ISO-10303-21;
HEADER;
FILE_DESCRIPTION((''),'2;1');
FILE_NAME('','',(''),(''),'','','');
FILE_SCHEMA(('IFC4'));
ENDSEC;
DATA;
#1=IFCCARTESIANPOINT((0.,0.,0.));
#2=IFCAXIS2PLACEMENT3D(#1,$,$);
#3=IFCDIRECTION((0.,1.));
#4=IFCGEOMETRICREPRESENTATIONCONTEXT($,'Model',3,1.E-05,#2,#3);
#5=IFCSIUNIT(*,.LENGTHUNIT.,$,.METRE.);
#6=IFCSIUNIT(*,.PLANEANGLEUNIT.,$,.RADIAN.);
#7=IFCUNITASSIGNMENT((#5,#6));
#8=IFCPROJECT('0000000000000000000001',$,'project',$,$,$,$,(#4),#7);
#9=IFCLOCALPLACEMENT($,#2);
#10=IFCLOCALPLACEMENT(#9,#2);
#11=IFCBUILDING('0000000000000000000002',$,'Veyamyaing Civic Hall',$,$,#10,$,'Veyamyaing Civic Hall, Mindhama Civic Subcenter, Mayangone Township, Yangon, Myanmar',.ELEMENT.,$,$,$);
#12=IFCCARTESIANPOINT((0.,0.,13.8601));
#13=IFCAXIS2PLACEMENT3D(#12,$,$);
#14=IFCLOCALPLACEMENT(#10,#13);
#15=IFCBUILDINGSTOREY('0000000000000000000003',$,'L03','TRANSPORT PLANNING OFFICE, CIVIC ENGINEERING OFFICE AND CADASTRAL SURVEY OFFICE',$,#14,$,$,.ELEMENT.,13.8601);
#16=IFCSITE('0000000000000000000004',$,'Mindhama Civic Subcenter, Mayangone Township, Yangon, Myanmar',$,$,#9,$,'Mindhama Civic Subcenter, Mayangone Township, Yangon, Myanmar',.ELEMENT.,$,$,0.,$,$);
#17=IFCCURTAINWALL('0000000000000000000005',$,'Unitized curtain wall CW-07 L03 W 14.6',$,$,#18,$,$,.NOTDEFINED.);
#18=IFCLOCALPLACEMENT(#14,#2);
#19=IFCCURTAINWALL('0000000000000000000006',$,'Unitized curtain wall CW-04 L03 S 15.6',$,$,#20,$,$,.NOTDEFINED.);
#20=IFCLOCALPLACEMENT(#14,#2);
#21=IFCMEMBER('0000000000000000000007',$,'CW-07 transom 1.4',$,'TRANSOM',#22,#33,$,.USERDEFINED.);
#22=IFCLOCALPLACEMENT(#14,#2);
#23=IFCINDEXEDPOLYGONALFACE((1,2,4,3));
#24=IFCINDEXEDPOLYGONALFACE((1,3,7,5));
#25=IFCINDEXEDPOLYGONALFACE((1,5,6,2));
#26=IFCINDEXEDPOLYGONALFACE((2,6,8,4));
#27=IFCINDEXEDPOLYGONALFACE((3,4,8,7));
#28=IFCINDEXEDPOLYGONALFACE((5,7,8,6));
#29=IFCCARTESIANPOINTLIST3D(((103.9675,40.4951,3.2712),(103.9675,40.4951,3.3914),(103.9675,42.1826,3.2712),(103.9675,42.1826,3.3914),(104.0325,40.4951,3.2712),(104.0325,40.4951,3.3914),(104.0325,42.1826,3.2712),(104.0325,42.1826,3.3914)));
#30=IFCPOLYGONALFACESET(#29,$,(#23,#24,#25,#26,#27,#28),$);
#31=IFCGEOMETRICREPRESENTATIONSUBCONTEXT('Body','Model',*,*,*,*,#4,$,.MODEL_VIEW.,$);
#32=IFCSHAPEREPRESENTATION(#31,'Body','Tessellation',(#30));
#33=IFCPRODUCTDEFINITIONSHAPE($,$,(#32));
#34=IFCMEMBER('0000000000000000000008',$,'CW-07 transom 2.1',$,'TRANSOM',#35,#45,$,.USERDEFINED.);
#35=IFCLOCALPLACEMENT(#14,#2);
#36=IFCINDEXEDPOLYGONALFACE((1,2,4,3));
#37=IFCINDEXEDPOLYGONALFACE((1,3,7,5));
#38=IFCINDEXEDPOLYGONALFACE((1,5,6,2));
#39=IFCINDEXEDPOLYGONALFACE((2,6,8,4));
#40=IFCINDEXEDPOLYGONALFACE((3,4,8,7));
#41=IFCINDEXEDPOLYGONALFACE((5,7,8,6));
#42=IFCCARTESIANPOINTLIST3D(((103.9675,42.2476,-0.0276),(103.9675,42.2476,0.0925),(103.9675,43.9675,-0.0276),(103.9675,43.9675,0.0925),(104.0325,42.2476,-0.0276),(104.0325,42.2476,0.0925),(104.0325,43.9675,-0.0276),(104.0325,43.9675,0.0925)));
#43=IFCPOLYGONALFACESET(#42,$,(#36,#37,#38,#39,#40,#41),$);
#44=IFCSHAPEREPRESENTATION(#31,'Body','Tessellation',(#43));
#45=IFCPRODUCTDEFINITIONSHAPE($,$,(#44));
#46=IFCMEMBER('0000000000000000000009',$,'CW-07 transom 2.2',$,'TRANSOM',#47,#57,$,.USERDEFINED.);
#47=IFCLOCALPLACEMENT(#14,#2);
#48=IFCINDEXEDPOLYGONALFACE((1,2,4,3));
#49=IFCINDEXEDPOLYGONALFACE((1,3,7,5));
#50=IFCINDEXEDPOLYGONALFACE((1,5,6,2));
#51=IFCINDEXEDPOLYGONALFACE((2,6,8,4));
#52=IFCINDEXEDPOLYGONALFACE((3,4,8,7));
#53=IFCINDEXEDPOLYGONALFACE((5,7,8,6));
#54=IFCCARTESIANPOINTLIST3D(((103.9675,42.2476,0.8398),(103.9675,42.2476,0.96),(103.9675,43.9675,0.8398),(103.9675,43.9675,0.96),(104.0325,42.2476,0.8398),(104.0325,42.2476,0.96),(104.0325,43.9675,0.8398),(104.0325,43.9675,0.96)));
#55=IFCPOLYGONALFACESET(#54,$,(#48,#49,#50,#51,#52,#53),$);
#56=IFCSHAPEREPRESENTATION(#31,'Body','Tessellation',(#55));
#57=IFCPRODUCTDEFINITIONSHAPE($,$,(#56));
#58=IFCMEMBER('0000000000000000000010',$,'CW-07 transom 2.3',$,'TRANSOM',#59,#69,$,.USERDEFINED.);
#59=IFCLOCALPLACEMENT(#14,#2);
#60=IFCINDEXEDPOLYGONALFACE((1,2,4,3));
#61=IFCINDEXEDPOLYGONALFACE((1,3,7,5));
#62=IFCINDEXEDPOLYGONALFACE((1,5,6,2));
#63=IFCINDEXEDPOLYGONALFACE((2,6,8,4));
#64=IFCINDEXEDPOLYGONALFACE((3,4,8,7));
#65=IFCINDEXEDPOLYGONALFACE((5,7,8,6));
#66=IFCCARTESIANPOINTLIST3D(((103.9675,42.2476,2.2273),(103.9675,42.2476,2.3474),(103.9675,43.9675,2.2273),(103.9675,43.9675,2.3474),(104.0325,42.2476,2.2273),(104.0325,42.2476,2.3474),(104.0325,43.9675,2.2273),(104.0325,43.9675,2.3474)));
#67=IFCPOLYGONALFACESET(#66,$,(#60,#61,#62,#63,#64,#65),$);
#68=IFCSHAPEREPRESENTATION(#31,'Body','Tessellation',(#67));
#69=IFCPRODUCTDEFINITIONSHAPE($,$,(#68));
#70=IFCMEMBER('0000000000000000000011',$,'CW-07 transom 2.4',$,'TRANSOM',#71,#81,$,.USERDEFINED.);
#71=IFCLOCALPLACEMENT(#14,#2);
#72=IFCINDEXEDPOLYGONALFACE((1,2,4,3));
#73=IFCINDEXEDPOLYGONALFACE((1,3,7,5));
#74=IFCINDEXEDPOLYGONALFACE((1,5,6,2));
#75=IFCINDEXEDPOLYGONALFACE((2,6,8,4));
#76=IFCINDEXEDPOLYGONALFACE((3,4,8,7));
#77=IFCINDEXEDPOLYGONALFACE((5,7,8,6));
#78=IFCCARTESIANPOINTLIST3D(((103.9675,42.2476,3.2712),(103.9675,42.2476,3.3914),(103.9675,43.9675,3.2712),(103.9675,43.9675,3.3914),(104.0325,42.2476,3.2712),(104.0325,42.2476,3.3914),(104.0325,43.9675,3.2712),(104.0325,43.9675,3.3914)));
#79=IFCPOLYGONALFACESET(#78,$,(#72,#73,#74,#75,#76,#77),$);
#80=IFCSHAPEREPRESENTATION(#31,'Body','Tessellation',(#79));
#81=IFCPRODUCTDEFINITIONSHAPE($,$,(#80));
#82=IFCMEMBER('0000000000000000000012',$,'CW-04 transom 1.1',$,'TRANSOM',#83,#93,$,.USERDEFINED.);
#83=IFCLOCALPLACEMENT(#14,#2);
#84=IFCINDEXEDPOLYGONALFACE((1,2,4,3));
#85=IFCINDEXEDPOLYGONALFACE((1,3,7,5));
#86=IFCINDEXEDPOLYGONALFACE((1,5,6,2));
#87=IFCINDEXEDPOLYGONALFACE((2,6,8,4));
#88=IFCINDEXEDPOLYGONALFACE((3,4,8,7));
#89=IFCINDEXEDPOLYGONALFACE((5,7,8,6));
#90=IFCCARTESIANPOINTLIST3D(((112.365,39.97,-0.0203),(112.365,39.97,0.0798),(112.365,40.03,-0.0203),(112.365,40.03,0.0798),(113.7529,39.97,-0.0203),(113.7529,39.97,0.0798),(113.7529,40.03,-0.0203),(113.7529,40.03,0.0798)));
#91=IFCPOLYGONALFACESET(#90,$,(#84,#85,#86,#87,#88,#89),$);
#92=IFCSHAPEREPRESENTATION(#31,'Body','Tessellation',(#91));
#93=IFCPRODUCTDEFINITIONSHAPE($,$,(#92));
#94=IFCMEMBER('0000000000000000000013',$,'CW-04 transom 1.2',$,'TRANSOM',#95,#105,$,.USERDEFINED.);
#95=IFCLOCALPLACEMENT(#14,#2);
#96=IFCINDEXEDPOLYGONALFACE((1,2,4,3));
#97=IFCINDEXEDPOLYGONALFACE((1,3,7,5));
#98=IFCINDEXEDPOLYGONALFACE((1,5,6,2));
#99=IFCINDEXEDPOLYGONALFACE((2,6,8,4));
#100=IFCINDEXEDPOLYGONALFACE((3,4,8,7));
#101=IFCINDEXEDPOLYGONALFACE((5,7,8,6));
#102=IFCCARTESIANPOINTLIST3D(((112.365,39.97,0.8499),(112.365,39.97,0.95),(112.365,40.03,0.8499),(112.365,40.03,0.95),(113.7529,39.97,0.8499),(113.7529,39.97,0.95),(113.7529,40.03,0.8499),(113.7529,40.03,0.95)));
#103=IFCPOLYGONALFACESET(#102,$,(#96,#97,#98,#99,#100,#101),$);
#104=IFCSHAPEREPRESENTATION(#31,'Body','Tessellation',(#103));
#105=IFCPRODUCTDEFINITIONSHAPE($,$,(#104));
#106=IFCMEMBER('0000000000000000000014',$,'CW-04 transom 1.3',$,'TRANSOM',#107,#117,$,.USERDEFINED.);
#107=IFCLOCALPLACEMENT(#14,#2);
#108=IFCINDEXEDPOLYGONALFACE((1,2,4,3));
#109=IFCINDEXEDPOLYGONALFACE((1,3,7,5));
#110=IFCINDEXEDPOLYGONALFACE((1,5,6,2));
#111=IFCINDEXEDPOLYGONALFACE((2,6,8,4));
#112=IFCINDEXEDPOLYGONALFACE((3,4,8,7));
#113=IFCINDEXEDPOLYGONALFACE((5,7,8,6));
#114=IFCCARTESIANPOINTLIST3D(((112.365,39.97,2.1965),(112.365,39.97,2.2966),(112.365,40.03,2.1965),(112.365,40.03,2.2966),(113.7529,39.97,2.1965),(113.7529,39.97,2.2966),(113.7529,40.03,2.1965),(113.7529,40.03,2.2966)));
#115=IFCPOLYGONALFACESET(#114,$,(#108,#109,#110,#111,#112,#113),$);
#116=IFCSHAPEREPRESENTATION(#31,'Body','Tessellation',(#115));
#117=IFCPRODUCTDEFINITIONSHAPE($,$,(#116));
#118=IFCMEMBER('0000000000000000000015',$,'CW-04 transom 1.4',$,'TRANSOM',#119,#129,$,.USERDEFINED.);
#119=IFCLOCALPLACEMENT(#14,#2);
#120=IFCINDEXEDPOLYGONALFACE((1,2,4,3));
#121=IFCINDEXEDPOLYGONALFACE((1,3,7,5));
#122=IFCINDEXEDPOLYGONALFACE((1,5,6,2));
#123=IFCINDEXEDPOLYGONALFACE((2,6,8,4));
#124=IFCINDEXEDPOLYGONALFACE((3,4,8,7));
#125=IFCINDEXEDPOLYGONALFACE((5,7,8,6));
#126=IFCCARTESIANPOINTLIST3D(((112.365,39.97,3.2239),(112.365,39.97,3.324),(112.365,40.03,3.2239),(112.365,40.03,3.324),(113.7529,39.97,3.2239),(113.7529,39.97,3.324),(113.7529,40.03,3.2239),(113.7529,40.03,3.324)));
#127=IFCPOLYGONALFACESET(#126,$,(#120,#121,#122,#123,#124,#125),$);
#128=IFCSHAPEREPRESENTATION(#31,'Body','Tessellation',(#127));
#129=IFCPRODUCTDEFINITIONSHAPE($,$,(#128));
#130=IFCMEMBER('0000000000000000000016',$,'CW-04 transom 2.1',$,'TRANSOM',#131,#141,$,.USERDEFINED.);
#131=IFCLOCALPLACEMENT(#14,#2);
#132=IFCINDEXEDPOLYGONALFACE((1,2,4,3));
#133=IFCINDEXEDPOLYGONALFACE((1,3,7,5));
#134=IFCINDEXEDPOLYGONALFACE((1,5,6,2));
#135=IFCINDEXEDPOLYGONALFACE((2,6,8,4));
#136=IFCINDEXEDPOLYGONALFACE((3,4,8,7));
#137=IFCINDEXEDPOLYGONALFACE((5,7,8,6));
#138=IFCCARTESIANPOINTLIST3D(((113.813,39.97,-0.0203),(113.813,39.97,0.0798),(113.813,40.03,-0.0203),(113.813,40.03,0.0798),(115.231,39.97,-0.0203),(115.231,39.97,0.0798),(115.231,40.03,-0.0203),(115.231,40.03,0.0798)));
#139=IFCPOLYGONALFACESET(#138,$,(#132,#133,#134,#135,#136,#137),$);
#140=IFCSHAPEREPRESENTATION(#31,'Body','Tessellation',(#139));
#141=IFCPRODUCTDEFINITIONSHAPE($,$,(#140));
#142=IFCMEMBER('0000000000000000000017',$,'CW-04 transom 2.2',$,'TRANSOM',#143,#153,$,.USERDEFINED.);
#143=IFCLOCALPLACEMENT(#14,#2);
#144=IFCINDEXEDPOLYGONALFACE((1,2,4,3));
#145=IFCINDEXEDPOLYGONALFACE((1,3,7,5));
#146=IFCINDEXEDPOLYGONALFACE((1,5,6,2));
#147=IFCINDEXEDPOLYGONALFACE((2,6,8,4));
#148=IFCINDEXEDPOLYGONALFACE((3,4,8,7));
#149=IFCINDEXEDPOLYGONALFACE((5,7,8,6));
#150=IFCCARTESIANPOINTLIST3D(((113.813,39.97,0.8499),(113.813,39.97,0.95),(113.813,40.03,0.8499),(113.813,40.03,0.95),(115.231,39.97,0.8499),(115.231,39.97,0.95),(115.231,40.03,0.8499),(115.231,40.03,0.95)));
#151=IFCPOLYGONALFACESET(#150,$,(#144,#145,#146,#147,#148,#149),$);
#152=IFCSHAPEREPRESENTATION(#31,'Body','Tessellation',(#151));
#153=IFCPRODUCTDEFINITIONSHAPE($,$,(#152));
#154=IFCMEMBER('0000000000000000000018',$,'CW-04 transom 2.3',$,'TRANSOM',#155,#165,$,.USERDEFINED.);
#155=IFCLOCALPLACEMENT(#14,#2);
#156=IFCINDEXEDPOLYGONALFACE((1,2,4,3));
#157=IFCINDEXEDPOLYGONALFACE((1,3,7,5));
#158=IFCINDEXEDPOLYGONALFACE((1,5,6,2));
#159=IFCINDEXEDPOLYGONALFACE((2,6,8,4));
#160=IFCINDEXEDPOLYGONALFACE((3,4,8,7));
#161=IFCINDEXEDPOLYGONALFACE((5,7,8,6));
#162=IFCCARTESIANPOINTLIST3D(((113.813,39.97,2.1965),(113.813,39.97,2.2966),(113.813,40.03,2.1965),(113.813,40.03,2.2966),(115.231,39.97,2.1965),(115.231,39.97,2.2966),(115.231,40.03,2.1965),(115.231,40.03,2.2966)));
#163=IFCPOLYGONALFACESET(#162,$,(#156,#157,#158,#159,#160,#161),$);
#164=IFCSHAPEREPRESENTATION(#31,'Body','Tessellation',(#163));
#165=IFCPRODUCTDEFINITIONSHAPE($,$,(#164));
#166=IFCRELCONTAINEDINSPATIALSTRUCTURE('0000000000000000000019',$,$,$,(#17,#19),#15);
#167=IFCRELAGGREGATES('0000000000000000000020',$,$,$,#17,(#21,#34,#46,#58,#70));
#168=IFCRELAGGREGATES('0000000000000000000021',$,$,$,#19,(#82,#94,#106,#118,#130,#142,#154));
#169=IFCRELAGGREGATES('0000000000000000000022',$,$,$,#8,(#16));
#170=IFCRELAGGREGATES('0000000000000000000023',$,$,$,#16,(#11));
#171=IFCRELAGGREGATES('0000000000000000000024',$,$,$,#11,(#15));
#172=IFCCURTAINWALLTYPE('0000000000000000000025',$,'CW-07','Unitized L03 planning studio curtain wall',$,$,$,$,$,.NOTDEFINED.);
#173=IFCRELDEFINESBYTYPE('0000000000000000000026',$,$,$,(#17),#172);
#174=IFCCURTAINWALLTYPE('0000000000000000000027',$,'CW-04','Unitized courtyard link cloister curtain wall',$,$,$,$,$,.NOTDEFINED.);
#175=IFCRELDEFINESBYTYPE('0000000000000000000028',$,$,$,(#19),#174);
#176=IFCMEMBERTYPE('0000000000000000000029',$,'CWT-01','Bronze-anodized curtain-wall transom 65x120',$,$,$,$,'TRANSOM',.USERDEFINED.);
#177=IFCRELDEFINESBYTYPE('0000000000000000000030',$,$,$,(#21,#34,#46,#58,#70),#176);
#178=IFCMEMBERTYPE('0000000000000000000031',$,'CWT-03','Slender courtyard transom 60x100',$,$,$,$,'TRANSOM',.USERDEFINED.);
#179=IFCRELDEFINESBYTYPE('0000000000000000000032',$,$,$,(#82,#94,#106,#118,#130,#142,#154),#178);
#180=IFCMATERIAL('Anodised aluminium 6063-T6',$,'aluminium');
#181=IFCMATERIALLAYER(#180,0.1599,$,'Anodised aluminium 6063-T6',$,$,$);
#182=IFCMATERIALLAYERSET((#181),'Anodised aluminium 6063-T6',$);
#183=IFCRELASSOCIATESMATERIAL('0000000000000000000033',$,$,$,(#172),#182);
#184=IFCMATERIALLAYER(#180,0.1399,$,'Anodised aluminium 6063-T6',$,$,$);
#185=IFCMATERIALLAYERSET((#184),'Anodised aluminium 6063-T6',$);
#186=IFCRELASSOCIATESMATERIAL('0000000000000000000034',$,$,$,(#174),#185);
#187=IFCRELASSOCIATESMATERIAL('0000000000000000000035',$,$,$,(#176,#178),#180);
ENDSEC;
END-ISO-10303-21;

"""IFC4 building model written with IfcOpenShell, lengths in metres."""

from ifc_helpers import new_model, si_unit, direction, frame, origin, origin_2d, place, context, subcontext, project, spatial, rectangle, extrude, material, layer, layer_set, material_profile, profile_set, type_object, element, aggregate, save


model = new_model("IFC4")

# Units and contexts
model_context = context("Model", 3, precision=1e-05, world=origin(), true_north=direction((0.0, 1.0)))
body_context = subcontext(model_context, "Body", "Model", "MODEL_VIEW")
ifc_project = project(units=[si_unit("LENGTHUNIT", "METRE"), si_unit("PLANEANGLEUNIT", "RADIAN")], contexts=[model_context])

# Site, building, storey
site_placement = place(None, origin())
site = spatial("IfcSite", under=ifc_project, at=site_placement, Name="Mindhama Civic Subcenter, Mayangone Township, Yangon, Myanmar", LongName="Mindhama Civic Subcenter, Mayangone Township, Yangon, Myanmar", CompositionType="ELEMENT", RefElevation=0.0)
building_placement = place(site_placement, origin())
building = spatial("IfcBuilding", under=site, at=building_placement, Name="Veyamyaing Civic Hall", LongName="Veyamyaing Civic Hall, Mindhama Civic Subcenter, Mayangone Township, Yangon, Myanmar", CompositionType="ELEMENT")
storey_placement = place(building_placement, frame((0.0, 0.0, 13.8601)))
storey = spatial("IfcBuildingStorey", under=building, at=storey_placement, Name="L03", Description="TRANSPORT PLANNING OFFICE, CIVIC ENGINEERING OFFICE AND CADASTRAL SURVEY OFFICE", CompositionType="ELEMENT", Elevation=13.8601)

# Curtain wall
ifc_material_1 = material(Name="Anodised aluminium 6063-T6", Category="aluminium")
ifc_layer_1 = layer(ifc_material_1, 0.1599, Name="Anodised aluminium 6063-T6")
ifc_layer_set_1 = layer_set([ifc_layer_1], Name="Anodised aluminium 6063-T6")
curtain_wall_type_1 = type_object("IfcCurtainWallType", Name="CW-07", Description="Unitized L03 planning studio curtain wall", PredefinedType="NOTDEFINED", material=ifc_layer_set_1)
curtain_wall_1_placement = place(storey_placement, origin())
curtain_wall_1 = element("IfcCurtainWall", 1, at=curtain_wall_1_placement, inside=storey, type_object=curtain_wall_type_1, Name="Unitized curtain wall CW-07 L03 W 14.6", PredefinedType="NOTDEFINED")

# Curtain wall
ifc_layer_2 = layer(ifc_material_1, 0.1399, Name="Anodised aluminium 6063-T6")
ifc_layer_set_2 = layer_set([ifc_layer_2], Name="Anodised aluminium 6063-T6")
curtain_wall_type_2 = type_object("IfcCurtainWallType", Name="CW-04", Description="Unitized courtyard link cloister curtain wall", PredefinedType="NOTDEFINED", material=ifc_layer_set_2)
curtain_wall_2_placement = place(storey_placement, origin())
curtain_wall_2 = element("IfcCurtainWall", 2, at=curtain_wall_2_placement, inside=storey, type_object=curtain_wall_type_2, Name="Unitized curtain wall CW-04 L03 S 15.6", PredefinedType="NOTDEFINED")

# Members
ifc_material_profile_1 = material_profile(ifc_material_1, rectangle(XDim=0.0649, YDim=0.1201, at=origin_2d()), Name="ALU-TRN-65X120")
ifc_profile_set_1 = profile_set([ifc_material_profile_1], Name="Anodised aluminium 6063-T6")
member_type_1 = type_object("IfcMemberType", Name="CWT-01", Description="Bronze-anodized curtain-wall transom 65x120", ElementType="TRANSOM", PredefinedType="USERDEFINED", material=ifc_profile_set_1)
member_1_placement = place(storey_placement, frame((104.0, 40.4951, 3.3313), z_axis=(0.0, 1.0, 0.0), x_axis=(-1.0, 0.0, 0.0)))
member_1 = element("IfcMember", 3, at=member_1_placement, type_object=member_type_1, Name="CW-07 transom 1.4", ObjectType="TRANSOM", PredefinedType="USERDEFINED", context=body_context, shape_type="SweptSolid", body=[
    extrude(rectangle(XDim=0.0649, YDim=0.1201, at=origin_2d()), origin(), (0.0, 0.0, 1.0), 1.6875),
])
member_2_placement = place(storey_placement, frame((104.0, 42.2476, 0.0325), z_axis=(0.0, 1.0, 0.0), x_axis=(-1.0, 0.0, 0.0)))
member_2 = element("IfcMember", 4, at=member_2_placement, type_object=member_type_1, Name="CW-07 transom 2.1", ObjectType="TRANSOM", PredefinedType="USERDEFINED", context=body_context, shape_type="SweptSolid", body=[
    extrude(rectangle(XDim=0.0649, YDim=0.1201, at=origin_2d()), origin(), (0.0, 0.0, 1.0), 1.72),
])
member_3_placement = place(storey_placement, frame((104.0, 42.2476, 0.8999), z_axis=(0.0, 1.0, 0.0), x_axis=(-1.0, 0.0, 0.0)))
member_3 = element("IfcMember", 5, at=member_3_placement, type_object=member_type_1, Name="CW-07 transom 2.2", ObjectType="TRANSOM", PredefinedType="USERDEFINED", context=body_context, shape_type="SweptSolid", body=[
    extrude(rectangle(XDim=0.0649, YDim=0.1201, at=origin_2d()), origin(), (0.0, 0.0, 1.0), 1.72),
])
member_4_placement = place(storey_placement, frame((104.0, 42.2476, 2.2874), z_axis=(0.0, 1.0, 0.0), x_axis=(-1.0, 0.0, 0.0)))
member_4 = element("IfcMember", 6, at=member_4_placement, type_object=member_type_1, Name="CW-07 transom 2.3", ObjectType="TRANSOM", PredefinedType="USERDEFINED", context=body_context, shape_type="SweptSolid", body=[
    extrude(rectangle(XDim=0.0649, YDim=0.1201, at=origin_2d()), origin(), (0.0, 0.0, 1.0), 1.72),
])
member_5_placement = place(storey_placement, frame((104.0, 42.2476, 3.3313), z_axis=(0.0, 1.0, 0.0), x_axis=(-1.0, 0.0, 0.0)))
member_5 = element("IfcMember", 7, at=member_5_placement, type_object=member_type_1, Name="CW-07 transom 2.4", ObjectType="TRANSOM", PredefinedType="USERDEFINED", context=body_context, shape_type="SweptSolid", body=[
    extrude(rectangle(XDim=0.0649, YDim=0.1201, at=origin_2d()), origin(), (0.0, 0.0, 1.0), 1.72),
])
ifc_material_profile_2 = material_profile(ifc_material_1, rectangle(XDim=0.0601, YDim=0.1001, at=origin_2d()), Name="ALU-TRN-60X100")
ifc_profile_set_2 = profile_set([ifc_material_profile_2], Name="Anodised aluminium 6063-T6")
member_type_2 = type_object("IfcMemberType", Name="CWT-03", Description="Slender courtyard transom 60x100", ElementType="TRANSOM", PredefinedType="USERDEFINED", material=ifc_profile_set_2)
member_6_placement = place(storey_placement, frame((112.365, 40.0, 0.0298), z_axis=(1.0, 0.0, 0.0), x_axis=(0.0, 1.0, 0.0)))
member_6 = element("IfcMember", 8, at=member_6_placement, type_object=member_type_2, Name="CW-04 transom 1.1", ObjectType="TRANSOM", PredefinedType="USERDEFINED", context=body_context, shape_type="SweptSolid", body=[
    extrude(rectangle(XDim=0.0601, YDim=0.1001, at=origin_2d()), origin(), (0.0, 0.0, 1.0), 1.3879),
])
member_7_placement = place(storey_placement, frame((112.365, 40.0, 0.8999), z_axis=(1.0, 0.0, 0.0), x_axis=(0.0, 1.0, 0.0)))
member_7 = element("IfcMember", 9, at=member_7_placement, type_object=member_type_2, Name="CW-04 transom 1.2", ObjectType="TRANSOM", PredefinedType="USERDEFINED", context=body_context, shape_type="SweptSolid", body=[
    extrude(rectangle(XDim=0.0601, YDim=0.1001, at=origin_2d()), origin(), (0.0, 0.0, 1.0), 1.3879),
])
member_8_placement = place(storey_placement, frame((112.365, 40.0, 2.2466), z_axis=(1.0, 0.0, 0.0), x_axis=(0.0, 1.0, 0.0)))
member_8 = element("IfcMember", 10, at=member_8_placement, type_object=member_type_2, Name="CW-04 transom 1.3", ObjectType="TRANSOM", PredefinedType="USERDEFINED", context=body_context, shape_type="SweptSolid", body=[
    extrude(rectangle(XDim=0.0601, YDim=0.1001, at=origin_2d()), origin(), (0.0, 0.0, 1.0), 1.3879),
])
member_9_placement = place(storey_placement, frame((112.365, 40.0, 3.2739), z_axis=(1.0, 0.0, 0.0), x_axis=(0.0, 1.0, 0.0)))
member_9 = element("IfcMember", 11, at=member_9_placement, type_object=member_type_2, Name="CW-04 transom 1.4", ObjectType="TRANSOM", PredefinedType="USERDEFINED", context=body_context, shape_type="SweptSolid", body=[
    extrude(rectangle(XDim=0.0601, YDim=0.1001, at=origin_2d()), origin(), (0.0, 0.0, 1.0), 1.3879),
])
member_10_placement = place(storey_placement, frame((113.813, 40.0, 0.0298), z_axis=(1.0, 0.0, 0.0), x_axis=(0.0, 1.0, 0.0)))
member_10 = element("IfcMember", 12, at=member_10_placement, type_object=member_type_2, Name="CW-04 transom 2.1", ObjectType="TRANSOM", PredefinedType="USERDEFINED", context=body_context, shape_type="SweptSolid", body=[
    extrude(rectangle(XDim=0.0601, YDim=0.1001, at=origin_2d()), origin(), (0.0, 0.0, 1.0), 1.418),
])
member_11_placement = place(storey_placement, frame((113.813, 40.0, 0.8999), z_axis=(1.0, 0.0, 0.0), x_axis=(0.0, 1.0, 0.0)))
member_11 = element("IfcMember", 13, at=member_11_placement, type_object=member_type_2, Name="CW-04 transom 2.2", ObjectType="TRANSOM", PredefinedType="USERDEFINED", context=body_context, shape_type="SweptSolid", body=[
    extrude(rectangle(XDim=0.0601, YDim=0.1001, at=origin_2d()), origin(), (0.0, 0.0, 1.0), 1.418),
])
member_12_placement = place(storey_placement, frame((113.813, 40.0, 2.2466), z_axis=(1.0, 0.0, 0.0), x_axis=(0.0, 1.0, 0.0)))
member_12 = element("IfcMember", 14, at=member_12_placement, type_object=member_type_2, Name="CW-04 transom 2.3", ObjectType="TRANSOM", PredefinedType="USERDEFINED", context=body_context, shape_type="SweptSolid", body=[
    extrude(rectangle(XDim=0.0601, YDim=0.1001, at=origin_2d()), origin(), (0.0, 0.0, 1.0), 1.418),
])

aggregate(curtain_wall_1, [member_1, member_2, member_3, member_4, member_5])
aggregate(curtain_wall_2, [member_6, member_7, member_8, member_9, member_10, member_11, member_12])

save(model, "model.ifc")
